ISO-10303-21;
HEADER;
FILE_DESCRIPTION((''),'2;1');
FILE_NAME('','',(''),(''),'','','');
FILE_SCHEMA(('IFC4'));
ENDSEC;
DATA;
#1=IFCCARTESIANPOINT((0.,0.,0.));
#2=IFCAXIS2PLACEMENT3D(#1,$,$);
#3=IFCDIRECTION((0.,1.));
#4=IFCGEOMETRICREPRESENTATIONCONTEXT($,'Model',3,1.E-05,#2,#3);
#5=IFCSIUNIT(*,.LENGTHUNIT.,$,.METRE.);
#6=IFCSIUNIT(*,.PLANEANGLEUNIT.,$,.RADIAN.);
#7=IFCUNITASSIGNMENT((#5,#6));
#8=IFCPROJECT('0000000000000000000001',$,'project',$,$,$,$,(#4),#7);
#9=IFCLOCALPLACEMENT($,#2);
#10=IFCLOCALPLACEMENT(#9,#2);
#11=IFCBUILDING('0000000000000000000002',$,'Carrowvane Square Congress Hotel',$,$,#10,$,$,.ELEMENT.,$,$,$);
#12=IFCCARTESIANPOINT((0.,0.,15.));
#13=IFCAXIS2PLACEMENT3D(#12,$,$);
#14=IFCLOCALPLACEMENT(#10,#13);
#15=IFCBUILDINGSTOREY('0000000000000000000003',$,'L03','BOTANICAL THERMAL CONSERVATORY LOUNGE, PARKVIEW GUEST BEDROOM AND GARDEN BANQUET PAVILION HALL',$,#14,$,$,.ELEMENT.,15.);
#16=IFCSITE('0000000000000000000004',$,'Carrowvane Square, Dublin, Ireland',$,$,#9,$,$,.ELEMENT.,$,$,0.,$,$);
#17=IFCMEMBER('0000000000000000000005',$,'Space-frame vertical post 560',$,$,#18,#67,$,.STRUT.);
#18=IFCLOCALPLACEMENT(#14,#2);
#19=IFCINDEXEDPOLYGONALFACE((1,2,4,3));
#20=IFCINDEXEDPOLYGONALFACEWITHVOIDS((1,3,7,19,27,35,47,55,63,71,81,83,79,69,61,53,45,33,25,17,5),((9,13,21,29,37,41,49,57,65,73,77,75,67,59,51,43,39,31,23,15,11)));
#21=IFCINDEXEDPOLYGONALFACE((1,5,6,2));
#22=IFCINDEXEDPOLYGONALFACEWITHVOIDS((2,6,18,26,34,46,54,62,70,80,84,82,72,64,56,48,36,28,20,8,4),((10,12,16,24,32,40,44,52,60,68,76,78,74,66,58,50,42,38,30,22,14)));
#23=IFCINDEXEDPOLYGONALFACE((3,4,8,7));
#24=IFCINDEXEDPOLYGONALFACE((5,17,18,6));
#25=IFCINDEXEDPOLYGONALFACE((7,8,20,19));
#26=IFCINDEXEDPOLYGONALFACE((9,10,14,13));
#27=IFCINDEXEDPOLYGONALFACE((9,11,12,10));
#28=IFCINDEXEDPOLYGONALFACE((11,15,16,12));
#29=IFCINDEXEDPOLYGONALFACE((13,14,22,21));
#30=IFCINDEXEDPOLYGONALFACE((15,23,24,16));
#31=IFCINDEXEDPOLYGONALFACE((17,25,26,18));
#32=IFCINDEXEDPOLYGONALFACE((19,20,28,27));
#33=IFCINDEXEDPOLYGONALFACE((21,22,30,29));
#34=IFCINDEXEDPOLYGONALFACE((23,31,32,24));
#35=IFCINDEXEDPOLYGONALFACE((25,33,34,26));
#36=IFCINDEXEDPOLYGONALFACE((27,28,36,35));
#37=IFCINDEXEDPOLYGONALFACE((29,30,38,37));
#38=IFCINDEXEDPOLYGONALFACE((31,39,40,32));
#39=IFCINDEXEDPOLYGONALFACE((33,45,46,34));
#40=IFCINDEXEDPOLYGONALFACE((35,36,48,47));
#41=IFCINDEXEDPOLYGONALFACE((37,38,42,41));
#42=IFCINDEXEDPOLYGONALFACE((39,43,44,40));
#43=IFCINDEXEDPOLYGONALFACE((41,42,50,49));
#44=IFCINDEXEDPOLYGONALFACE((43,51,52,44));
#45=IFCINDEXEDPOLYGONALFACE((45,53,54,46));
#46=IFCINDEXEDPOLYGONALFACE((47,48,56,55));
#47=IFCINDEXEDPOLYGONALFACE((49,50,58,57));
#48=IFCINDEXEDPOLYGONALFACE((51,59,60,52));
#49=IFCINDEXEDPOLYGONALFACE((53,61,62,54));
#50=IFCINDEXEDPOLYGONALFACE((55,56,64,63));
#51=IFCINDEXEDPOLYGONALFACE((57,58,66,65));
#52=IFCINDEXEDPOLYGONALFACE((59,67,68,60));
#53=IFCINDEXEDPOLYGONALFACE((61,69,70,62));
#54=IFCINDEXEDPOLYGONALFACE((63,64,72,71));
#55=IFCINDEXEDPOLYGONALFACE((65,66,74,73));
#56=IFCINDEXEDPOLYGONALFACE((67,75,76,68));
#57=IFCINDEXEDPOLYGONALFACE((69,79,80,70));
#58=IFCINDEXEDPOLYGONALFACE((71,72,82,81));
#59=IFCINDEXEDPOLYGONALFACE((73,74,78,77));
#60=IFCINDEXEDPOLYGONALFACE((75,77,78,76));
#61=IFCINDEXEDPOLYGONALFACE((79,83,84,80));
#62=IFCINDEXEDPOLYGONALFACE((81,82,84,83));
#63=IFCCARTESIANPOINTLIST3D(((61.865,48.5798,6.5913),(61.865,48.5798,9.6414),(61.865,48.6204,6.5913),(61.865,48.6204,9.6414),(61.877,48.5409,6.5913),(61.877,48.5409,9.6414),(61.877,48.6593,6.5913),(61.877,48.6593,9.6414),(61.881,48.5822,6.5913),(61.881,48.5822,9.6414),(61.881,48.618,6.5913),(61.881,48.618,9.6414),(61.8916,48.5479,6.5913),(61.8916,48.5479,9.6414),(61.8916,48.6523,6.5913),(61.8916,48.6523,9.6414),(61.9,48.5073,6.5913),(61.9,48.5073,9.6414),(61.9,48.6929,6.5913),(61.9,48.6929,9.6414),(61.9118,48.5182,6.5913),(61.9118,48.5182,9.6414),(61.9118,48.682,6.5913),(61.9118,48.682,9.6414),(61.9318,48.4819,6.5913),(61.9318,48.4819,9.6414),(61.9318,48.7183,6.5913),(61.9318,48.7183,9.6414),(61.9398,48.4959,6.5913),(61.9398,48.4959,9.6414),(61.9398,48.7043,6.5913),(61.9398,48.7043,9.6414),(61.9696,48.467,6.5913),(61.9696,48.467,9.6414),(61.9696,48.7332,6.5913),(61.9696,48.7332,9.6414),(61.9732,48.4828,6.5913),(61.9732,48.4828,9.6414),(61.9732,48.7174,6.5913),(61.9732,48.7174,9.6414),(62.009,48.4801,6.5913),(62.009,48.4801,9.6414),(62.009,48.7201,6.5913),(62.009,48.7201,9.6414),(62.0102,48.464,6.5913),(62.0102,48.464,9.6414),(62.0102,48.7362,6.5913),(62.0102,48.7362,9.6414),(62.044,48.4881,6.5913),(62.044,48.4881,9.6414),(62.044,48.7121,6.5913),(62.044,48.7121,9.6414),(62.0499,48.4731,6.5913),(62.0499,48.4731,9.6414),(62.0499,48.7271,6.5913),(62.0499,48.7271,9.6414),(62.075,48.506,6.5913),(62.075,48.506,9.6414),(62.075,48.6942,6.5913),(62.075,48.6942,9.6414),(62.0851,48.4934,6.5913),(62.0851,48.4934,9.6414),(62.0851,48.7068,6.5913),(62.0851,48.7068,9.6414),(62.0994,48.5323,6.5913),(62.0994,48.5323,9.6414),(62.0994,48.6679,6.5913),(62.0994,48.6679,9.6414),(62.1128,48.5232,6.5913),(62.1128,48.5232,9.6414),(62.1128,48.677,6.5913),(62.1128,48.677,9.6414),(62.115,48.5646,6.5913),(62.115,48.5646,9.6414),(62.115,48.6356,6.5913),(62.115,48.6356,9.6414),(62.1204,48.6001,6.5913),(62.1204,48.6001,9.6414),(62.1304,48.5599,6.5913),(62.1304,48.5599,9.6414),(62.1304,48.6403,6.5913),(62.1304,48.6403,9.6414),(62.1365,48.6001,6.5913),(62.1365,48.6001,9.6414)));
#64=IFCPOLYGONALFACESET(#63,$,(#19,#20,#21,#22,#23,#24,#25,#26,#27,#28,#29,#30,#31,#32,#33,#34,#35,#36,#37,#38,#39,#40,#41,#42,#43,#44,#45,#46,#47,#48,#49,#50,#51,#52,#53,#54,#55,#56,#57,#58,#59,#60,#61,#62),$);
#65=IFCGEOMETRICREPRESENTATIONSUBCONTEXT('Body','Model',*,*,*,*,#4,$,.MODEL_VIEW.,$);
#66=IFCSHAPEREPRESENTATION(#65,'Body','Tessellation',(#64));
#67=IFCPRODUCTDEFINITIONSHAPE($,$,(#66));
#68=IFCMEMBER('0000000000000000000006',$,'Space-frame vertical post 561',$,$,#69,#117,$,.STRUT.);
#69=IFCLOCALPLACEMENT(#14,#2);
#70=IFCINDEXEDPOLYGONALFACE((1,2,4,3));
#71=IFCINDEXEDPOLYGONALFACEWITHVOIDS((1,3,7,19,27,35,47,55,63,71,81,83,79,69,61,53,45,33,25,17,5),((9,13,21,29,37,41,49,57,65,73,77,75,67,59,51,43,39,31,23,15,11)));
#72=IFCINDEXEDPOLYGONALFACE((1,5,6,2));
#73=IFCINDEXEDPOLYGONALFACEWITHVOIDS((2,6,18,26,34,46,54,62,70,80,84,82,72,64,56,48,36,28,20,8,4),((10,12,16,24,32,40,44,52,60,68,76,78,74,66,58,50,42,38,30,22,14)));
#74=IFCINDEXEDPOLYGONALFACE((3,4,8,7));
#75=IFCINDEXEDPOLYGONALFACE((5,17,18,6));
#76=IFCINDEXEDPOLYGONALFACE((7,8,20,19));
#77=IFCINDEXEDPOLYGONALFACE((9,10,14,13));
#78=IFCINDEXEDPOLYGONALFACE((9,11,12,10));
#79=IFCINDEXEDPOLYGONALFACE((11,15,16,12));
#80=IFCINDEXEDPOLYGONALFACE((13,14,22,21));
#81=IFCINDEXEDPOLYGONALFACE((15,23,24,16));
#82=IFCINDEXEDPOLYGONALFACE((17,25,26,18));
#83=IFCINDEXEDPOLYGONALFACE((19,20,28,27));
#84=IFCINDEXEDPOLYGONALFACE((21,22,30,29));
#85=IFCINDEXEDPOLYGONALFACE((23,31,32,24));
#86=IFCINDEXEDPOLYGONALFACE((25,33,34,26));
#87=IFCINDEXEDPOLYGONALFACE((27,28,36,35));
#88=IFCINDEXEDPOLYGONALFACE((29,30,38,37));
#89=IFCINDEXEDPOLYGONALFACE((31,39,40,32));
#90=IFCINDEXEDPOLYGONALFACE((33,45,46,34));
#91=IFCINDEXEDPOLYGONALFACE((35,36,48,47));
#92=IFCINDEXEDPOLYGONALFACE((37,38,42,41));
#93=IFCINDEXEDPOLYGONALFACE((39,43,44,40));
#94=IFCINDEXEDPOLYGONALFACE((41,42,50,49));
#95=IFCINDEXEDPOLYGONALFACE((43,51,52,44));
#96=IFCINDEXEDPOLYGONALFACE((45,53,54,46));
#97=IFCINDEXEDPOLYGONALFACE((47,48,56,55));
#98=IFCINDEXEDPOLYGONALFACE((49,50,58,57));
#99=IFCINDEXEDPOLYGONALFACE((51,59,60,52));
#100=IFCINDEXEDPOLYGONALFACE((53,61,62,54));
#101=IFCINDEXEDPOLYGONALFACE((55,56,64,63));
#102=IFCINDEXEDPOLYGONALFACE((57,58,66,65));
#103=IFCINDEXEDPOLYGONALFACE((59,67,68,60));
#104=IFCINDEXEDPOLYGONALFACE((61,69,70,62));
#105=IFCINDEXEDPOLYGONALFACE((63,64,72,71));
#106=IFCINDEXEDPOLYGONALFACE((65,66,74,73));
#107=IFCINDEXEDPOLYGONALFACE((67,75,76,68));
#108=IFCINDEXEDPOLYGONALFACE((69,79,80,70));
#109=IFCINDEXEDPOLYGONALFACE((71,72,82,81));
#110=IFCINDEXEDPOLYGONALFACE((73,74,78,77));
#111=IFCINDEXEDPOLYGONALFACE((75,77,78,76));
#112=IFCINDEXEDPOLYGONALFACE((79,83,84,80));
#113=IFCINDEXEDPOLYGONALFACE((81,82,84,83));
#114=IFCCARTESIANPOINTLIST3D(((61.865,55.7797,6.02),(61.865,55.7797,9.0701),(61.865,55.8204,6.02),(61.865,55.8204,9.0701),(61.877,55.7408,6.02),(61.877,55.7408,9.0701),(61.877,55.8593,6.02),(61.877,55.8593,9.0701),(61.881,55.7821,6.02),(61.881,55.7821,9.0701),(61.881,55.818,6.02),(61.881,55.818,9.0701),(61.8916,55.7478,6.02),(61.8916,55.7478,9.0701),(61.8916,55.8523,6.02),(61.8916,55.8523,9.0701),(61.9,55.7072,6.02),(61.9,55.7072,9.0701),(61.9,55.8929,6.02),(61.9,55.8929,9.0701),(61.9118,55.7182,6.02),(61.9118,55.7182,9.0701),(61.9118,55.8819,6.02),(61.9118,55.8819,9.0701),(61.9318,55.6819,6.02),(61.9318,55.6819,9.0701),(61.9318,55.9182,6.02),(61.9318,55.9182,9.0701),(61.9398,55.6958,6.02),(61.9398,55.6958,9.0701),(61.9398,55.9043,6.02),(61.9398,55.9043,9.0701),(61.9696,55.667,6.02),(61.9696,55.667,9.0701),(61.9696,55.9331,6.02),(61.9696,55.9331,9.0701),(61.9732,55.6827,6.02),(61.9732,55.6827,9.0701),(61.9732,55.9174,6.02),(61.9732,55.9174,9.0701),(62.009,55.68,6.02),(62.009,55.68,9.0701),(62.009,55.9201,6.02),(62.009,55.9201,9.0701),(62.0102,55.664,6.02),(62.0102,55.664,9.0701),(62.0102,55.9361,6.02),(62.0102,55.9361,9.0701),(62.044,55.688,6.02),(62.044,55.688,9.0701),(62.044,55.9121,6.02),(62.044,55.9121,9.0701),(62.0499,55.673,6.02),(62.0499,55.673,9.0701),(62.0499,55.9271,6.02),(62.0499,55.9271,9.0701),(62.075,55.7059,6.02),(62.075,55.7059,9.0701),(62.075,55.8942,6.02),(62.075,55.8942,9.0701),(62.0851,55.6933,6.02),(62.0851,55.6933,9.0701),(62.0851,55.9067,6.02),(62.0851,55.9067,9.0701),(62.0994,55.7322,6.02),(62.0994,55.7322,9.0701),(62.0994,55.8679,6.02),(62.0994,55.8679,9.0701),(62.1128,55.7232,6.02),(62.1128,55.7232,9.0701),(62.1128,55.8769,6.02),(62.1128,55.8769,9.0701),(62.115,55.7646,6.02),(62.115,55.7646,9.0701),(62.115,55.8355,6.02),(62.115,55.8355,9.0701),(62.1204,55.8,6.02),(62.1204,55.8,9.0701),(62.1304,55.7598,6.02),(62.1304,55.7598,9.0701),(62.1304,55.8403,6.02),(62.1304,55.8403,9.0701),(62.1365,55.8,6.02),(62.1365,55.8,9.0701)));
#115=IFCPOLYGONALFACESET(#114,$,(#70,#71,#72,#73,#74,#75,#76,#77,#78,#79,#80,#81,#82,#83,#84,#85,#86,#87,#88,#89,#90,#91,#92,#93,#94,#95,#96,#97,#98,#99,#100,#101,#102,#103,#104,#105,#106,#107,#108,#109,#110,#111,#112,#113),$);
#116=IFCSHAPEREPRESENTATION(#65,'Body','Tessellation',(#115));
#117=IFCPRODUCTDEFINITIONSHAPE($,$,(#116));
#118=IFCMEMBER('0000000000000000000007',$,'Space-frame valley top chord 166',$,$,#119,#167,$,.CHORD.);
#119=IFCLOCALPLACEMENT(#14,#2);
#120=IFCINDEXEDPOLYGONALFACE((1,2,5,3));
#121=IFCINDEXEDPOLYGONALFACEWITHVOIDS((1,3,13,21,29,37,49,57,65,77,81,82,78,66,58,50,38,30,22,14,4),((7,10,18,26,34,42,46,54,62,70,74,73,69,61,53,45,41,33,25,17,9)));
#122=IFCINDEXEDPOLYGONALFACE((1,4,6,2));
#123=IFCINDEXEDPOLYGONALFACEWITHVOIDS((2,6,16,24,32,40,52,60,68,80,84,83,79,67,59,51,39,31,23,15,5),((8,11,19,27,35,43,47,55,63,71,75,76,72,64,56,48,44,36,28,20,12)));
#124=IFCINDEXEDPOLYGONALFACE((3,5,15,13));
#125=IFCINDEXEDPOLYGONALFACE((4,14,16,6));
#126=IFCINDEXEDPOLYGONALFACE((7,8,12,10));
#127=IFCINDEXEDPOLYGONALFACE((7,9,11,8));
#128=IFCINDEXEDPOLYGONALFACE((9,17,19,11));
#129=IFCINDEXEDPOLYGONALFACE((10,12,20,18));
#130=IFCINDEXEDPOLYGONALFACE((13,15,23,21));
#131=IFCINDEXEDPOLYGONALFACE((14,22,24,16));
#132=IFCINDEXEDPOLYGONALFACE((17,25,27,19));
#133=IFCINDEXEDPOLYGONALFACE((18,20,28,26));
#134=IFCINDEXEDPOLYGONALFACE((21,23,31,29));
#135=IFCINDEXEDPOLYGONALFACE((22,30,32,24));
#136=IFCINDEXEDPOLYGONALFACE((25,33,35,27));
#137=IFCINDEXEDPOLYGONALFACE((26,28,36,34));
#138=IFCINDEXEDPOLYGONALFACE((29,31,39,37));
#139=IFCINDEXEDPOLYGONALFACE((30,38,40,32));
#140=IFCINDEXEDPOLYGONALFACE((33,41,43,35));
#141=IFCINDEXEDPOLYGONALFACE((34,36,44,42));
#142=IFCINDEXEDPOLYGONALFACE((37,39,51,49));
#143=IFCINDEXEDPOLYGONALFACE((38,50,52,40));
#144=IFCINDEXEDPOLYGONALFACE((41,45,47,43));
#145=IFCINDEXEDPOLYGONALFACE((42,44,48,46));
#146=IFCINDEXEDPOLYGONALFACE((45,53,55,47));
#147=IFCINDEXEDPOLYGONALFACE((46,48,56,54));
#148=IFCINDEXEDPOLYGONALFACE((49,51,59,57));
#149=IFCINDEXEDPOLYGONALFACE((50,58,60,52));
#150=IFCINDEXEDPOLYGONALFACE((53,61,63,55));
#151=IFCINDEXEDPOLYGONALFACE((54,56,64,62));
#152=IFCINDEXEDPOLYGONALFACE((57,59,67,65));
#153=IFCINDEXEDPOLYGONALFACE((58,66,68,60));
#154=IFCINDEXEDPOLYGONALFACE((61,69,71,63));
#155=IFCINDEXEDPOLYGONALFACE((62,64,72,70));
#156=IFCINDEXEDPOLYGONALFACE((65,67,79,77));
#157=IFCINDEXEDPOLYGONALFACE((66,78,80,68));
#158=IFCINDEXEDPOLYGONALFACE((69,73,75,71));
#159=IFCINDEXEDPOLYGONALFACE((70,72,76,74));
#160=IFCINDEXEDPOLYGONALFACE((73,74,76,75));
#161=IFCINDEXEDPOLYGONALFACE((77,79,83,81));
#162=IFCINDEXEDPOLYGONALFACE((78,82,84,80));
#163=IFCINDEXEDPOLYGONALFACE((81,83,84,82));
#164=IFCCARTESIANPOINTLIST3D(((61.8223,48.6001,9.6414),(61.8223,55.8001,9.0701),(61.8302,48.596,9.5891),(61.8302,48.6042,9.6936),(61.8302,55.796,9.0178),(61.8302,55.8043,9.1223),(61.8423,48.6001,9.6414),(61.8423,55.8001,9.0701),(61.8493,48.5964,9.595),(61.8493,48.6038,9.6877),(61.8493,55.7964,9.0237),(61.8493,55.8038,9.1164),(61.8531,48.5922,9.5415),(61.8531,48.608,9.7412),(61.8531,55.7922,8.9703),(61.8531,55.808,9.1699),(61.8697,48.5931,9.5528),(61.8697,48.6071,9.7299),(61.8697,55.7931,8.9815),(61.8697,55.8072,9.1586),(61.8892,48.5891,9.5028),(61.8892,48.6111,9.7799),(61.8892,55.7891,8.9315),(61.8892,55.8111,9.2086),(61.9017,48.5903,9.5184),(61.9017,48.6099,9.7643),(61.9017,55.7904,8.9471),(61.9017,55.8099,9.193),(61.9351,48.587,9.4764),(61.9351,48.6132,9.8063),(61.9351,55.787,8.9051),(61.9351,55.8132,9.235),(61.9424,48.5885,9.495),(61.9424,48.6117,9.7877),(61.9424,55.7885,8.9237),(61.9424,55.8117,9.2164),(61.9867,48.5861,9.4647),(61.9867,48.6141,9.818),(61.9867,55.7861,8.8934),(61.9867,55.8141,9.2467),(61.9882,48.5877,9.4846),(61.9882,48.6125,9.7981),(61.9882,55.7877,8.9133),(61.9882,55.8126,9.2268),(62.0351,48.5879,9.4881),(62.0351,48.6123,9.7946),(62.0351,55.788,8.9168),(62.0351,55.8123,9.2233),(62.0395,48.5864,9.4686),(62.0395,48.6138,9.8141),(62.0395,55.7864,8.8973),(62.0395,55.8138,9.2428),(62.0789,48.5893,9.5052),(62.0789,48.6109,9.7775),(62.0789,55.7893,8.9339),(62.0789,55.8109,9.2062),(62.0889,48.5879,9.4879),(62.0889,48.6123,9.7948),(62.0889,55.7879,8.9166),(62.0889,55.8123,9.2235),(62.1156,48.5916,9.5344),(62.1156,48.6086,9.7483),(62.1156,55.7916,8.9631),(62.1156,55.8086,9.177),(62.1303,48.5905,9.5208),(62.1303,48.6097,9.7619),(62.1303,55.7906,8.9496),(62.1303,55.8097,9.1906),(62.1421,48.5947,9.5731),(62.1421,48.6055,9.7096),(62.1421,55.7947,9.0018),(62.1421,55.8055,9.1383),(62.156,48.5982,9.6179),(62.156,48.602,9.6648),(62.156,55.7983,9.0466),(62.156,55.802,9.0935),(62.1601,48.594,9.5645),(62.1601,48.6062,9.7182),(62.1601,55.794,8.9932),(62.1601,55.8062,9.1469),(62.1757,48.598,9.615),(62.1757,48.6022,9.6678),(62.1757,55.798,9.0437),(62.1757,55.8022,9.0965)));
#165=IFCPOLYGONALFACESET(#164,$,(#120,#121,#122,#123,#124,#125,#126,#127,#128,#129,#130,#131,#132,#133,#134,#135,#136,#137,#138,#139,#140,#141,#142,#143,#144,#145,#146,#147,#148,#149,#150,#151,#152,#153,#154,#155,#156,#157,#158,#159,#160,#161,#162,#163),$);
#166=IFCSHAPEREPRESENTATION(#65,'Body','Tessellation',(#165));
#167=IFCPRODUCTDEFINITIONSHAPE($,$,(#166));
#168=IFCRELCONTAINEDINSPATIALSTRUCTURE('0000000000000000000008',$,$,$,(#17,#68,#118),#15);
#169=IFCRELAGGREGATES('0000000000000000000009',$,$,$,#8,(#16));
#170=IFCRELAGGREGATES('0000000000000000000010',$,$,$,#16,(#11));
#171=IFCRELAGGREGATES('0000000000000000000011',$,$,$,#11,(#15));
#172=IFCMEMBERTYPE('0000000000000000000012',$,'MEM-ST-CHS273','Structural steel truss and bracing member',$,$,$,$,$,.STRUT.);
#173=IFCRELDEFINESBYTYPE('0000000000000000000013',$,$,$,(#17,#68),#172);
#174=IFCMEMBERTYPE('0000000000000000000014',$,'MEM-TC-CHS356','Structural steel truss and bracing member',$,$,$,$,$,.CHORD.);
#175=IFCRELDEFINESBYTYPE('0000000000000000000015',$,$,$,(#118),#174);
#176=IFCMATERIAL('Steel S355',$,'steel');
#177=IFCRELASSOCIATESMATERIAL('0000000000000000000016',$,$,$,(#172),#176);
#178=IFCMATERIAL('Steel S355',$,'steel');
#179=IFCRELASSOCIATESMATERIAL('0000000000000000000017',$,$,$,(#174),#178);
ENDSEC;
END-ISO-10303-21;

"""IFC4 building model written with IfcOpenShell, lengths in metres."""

from ifc_helpers import new_model, si_unit, direction, frame, origin, origin_2d, place, context, subcontext, project, spatial, hollow_circle, extrude, material, material_profile, profile_set, type_object, element, save


model = new_model("IFC4")

# Units and contexts
model_context = context("Model", 3, precision=1e-05, world=origin(), true_north=direction((0.0, 1.0)))
body_context = subcontext(model_context, "Body", "Model", "MODEL_VIEW")
ifc_project = project(units=[si_unit("LENGTHUNIT", "METRE"), si_unit("PLANEANGLEUNIT", "RADIAN")], contexts=[model_context])

# Site, building, storey
site_placement = place(None, origin())
site = spatial("IfcSite", under=ifc_project, at=site_placement, Name="Carrowvane Square, Dublin, Ireland", CompositionType="ELEMENT", RefElevation=0.0)
building_placement = place(site_placement, origin())
building = spatial("IfcBuilding", under=site, at=building_placement, Name="Carrowvane Square Congress Hotel", CompositionType="ELEMENT")
storey_placement = place(building_placement, frame((0.0, 0.0, 15.0)))
storey = spatial("IfcBuildingStorey", under=building, at=storey_placement, Name="L03", Description="BOTANICAL THERMAL CONSERVATORY LOUNGE, PARKVIEW GUEST BEDROOM AND GARDEN BANQUET PAVILION HALL", CompositionType="ELEMENT", Elevation=15.0)

# Members
ifc_material_1 = material(Name="Steel S355", Category="steel")
ifc_material_profile_1 = material_profile(ifc_material_1, hollow_circle(Radius=0.1365, WallThickness=0.0161, at=origin_2d()), Name="CHS 273.0x16")
ifc_profile_set_1 = profile_set([ifc_material_profile_1], Name="Steel S355")
member_type_1 = type_object("IfcMemberType", Name="MEM-ST-CHS273", Description="Structural steel truss and bracing member", PredefinedType="STRUT", material=ifc_profile_set_1)
for number, where, z_axis, x_axis, name in (
    (1, (62.0, 48.6001, 6.5913), (0.0, 0.0, 1.0), (1.0, 0.0, 0.0), "Space-frame vertical post 560"),
    (2, (62.0, 55.8, 6.02), (0.0, 0.0, 1.0), (1.0, 0.0, 0.0), "Space-frame vertical post 561"),
):
    element("IfcMember", number, at=place(storey_placement, frame(where, z_axis=z_axis, x_axis=x_axis)), inside=storey, type_object=member_type_1, Name=name, PredefinedType="STRUT", context=body_context, shape_type="SweptSolid", body=[
        extrude(hollow_circle(Radius=0.1365, WallThickness=0.0161, at=origin_2d()), origin(), (0.0, 0.0, 1.0), 3.05),
    ])
ifc_material_2 = material(Name="Steel S355", Category="steel")
ifc_material_profile_2 = material_profile(ifc_material_2, hollow_circle(Radius=0.1777, WallThickness=0.02, at=origin_2d()), Name="CHS 355.6x20")
ifc_profile_set_2 = profile_set([ifc_material_profile_2], Name="Steel S355")
member_type_2 = type_object("IfcMemberType", Name="MEM-TC-CHS356", Description="Structural steel truss and bracing member", PredefinedType="CHORD", material=ifc_profile_set_2)
member_1_placement = place(storey_placement, frame((62.0, 48.6001, 9.6414), z_axis=(0.0, 0.996867, -0.079098), x_axis=(-1.0, 0.0, 0.0)))
element("IfcMember", 3, at=member_1_placement, inside=storey, type_object=member_type_2, Name="Space-frame valley top chord 166", PredefinedType="CHORD", context=body_context, shape_type="SweptSolid", body=[
    extrude(hollow_circle(Radius=0.1777, WallThickness=0.02, at=origin_2d()), origin(), (0.0, 0.0, 1.0), 7.2227),
])

save(model, "model.ifc")
